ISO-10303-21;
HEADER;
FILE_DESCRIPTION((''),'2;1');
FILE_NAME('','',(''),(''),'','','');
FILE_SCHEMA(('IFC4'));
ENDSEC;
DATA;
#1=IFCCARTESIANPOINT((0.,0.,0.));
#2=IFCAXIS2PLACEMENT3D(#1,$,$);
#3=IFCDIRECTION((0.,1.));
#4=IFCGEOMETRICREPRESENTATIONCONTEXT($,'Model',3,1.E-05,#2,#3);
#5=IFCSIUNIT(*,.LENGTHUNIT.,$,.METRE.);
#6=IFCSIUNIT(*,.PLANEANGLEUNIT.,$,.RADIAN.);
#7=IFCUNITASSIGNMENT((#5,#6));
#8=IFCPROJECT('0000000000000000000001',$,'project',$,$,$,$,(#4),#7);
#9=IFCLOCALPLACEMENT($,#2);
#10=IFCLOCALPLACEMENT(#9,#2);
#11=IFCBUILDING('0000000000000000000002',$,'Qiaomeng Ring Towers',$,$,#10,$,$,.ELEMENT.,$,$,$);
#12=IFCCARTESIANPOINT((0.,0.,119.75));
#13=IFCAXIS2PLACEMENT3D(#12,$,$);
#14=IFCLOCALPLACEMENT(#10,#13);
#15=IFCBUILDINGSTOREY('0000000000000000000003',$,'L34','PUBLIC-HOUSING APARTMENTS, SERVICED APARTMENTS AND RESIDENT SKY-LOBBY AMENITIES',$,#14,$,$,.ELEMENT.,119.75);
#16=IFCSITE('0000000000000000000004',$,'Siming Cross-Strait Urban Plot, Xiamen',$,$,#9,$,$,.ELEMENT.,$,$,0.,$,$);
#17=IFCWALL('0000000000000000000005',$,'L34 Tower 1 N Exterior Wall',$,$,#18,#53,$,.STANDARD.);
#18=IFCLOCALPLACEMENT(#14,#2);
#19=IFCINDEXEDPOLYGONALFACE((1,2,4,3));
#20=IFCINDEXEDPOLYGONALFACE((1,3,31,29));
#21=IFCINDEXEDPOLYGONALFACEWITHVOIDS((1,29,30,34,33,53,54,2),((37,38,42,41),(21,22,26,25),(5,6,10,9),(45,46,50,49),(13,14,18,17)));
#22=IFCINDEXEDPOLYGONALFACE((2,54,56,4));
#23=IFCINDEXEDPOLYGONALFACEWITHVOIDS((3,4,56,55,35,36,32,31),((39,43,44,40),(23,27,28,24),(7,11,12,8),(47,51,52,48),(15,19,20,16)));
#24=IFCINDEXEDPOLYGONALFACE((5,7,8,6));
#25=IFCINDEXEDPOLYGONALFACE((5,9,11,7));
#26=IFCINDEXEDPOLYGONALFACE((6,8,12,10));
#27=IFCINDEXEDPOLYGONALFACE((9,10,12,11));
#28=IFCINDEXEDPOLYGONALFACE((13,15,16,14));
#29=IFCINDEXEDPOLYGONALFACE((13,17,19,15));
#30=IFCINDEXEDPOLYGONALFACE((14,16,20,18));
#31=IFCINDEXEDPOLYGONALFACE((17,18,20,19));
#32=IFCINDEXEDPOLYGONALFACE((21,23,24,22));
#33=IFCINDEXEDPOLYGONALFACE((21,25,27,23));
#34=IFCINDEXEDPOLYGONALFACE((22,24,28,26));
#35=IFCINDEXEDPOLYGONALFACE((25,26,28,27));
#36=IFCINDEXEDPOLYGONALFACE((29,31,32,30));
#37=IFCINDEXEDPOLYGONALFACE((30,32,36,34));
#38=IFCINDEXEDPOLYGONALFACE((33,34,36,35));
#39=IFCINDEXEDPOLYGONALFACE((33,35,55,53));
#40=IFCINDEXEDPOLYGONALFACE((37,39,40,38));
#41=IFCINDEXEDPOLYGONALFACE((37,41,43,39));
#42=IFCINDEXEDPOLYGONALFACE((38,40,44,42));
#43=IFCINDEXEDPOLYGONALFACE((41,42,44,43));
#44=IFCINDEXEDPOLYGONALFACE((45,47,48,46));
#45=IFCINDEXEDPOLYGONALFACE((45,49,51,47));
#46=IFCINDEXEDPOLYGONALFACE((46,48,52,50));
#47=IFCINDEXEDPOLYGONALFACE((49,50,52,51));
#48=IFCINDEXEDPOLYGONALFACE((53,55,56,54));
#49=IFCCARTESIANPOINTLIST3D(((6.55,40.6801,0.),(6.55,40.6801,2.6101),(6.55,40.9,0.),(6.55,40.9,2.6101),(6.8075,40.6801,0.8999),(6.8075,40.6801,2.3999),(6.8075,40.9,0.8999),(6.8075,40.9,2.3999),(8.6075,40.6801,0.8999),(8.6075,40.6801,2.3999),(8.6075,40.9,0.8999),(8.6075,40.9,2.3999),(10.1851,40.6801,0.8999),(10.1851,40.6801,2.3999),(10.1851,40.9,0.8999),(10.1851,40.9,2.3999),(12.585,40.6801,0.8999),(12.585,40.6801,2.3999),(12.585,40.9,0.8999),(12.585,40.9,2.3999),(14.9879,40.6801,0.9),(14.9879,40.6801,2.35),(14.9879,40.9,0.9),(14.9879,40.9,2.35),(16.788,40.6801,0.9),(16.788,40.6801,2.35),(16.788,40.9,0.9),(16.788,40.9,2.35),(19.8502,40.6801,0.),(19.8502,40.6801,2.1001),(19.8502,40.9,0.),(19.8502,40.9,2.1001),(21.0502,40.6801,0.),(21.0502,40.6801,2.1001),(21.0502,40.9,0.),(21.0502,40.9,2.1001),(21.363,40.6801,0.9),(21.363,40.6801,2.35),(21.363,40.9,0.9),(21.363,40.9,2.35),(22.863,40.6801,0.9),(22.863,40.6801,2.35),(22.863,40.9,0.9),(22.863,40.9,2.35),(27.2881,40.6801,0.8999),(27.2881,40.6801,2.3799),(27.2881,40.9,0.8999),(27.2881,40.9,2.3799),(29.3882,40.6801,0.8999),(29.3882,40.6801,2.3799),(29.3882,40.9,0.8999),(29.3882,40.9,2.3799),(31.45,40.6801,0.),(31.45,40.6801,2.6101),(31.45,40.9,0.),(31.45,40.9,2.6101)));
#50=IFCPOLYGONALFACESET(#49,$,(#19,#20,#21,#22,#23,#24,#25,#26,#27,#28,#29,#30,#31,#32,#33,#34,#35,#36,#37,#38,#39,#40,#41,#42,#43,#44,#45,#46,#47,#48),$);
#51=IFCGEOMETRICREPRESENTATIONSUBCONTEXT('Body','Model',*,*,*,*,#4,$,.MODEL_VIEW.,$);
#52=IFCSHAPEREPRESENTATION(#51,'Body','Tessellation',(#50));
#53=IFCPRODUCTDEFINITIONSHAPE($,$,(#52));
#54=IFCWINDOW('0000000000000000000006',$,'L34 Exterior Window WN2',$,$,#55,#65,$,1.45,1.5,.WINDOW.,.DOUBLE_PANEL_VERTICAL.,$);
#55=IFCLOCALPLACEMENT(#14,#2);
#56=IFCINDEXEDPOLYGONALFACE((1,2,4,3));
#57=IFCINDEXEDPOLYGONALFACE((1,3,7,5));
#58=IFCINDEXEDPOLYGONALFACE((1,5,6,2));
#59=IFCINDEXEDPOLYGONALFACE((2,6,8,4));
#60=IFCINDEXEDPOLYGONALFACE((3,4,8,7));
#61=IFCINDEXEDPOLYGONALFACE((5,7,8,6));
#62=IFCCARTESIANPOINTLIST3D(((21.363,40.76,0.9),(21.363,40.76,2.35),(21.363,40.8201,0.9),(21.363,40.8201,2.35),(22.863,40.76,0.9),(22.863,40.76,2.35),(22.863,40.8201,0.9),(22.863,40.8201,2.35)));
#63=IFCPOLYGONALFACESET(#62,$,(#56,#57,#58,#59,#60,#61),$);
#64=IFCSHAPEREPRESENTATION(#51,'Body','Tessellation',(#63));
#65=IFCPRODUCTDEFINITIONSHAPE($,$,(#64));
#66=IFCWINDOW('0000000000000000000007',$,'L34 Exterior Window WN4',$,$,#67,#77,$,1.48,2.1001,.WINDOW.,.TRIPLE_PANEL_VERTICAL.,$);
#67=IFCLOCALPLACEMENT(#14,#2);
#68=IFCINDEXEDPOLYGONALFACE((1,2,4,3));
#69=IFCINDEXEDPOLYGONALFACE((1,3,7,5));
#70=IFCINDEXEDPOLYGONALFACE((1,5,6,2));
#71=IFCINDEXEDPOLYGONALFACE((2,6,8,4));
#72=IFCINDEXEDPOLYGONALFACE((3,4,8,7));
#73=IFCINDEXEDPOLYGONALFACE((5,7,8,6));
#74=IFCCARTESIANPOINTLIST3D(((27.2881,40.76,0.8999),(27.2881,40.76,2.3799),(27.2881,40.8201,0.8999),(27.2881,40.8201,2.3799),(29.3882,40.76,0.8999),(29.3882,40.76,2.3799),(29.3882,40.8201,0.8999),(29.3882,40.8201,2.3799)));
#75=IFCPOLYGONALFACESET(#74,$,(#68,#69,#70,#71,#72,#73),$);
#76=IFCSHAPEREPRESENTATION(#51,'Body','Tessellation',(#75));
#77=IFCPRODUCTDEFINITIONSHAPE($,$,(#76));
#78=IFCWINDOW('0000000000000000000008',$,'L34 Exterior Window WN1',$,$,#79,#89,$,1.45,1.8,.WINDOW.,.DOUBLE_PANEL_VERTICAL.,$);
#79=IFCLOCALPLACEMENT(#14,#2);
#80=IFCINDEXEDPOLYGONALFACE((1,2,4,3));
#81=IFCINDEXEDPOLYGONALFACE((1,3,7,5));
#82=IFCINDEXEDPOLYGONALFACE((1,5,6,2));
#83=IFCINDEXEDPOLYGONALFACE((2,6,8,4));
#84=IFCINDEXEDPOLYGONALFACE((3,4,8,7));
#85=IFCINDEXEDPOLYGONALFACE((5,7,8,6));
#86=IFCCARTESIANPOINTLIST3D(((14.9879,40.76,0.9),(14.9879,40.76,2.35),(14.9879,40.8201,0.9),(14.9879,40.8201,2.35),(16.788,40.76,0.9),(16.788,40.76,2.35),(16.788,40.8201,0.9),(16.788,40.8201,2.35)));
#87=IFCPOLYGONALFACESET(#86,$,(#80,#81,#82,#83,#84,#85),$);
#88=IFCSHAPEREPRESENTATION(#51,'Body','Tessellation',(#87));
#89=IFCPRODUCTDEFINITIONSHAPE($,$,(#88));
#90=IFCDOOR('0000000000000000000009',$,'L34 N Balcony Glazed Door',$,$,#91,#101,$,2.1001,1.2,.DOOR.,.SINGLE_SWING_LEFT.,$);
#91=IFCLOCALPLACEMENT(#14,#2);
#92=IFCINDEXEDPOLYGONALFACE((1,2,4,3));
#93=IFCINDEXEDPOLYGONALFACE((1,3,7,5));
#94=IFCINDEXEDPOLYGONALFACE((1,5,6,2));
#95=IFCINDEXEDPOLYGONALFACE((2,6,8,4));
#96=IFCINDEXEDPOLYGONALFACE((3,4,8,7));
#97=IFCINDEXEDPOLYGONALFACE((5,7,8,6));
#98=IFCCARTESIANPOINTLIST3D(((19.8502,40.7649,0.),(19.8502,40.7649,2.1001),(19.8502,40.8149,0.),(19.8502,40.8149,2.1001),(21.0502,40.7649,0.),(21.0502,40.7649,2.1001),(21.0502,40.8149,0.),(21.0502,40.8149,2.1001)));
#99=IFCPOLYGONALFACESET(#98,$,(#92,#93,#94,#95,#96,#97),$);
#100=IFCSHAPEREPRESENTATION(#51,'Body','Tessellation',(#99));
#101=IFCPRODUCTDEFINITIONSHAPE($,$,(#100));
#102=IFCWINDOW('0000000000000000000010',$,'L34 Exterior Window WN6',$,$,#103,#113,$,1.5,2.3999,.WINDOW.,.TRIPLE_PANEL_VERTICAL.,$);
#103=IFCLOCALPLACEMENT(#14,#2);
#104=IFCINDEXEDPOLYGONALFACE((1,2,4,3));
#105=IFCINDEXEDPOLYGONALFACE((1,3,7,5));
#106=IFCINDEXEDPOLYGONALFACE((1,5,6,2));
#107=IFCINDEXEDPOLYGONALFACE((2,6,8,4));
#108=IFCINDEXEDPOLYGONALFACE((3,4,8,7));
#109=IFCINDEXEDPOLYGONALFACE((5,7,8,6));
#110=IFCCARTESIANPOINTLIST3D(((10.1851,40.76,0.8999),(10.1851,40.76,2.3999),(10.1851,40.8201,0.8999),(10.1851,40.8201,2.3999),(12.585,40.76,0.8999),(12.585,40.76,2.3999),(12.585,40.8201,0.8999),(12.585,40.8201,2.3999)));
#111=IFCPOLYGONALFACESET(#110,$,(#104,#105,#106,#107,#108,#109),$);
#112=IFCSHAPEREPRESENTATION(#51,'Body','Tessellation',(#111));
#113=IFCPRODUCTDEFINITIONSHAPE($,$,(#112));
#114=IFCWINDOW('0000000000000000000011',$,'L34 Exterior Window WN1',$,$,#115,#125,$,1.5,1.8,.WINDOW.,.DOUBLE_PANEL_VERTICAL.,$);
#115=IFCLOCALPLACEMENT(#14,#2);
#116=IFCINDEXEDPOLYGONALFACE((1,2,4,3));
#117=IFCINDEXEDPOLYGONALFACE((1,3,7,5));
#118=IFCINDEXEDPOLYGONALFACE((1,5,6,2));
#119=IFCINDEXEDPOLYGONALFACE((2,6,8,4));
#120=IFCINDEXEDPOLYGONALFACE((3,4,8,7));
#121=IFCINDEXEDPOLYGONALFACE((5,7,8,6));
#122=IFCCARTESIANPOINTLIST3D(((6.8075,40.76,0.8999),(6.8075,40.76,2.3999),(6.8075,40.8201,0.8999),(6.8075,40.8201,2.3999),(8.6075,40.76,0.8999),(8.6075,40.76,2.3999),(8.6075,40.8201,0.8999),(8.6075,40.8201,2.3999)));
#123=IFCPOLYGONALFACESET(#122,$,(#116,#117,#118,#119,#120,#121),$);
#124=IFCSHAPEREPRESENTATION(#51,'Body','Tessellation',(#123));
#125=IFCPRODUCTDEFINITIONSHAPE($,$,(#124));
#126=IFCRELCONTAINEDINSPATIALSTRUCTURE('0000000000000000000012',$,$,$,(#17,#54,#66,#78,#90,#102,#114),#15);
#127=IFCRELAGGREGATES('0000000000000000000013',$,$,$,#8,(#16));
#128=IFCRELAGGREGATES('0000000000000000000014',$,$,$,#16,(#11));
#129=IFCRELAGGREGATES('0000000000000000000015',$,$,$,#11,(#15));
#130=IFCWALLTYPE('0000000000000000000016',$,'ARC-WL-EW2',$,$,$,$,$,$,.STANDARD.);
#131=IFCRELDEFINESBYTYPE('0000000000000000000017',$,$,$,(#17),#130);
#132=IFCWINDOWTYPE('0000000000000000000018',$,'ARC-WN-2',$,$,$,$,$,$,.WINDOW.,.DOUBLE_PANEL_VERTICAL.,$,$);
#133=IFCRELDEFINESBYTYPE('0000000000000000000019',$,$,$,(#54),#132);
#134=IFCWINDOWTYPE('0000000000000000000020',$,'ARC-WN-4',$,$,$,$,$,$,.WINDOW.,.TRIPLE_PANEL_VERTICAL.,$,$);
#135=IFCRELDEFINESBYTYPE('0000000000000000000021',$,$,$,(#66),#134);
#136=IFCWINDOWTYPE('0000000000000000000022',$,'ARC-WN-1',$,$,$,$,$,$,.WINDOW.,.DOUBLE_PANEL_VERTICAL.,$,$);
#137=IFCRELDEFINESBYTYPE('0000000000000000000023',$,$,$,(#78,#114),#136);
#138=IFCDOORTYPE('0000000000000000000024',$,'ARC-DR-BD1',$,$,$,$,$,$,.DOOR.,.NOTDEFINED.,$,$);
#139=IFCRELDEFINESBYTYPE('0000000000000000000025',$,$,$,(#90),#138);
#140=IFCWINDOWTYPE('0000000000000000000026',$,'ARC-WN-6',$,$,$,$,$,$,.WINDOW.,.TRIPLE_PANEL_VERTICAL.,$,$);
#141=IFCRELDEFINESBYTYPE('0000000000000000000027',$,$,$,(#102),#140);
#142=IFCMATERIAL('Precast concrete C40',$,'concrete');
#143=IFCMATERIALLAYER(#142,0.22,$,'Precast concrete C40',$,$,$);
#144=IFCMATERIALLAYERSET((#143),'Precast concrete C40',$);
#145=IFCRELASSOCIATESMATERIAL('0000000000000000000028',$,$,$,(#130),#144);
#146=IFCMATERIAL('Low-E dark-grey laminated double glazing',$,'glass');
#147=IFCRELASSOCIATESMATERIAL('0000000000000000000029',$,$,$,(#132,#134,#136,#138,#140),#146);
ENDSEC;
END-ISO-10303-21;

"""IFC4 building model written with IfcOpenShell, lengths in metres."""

from ifc_helpers import new_model, si_unit, direction, frame, frame_2d, origin, place, context, subcontext, project, spatial, rectangle, extrude, source, transform, mapped, material, layer, layer_set, type_object, element, fill, save


model = new_model("IFC4")

# Units and contexts
model_context = context("Model", 3, precision=1e-05, world=origin(), true_north=direction((0.0, 1.0)))
body_context = subcontext(model_context, "Body", "Model", "MODEL_VIEW")
ifc_project = project(units=[si_unit("LENGTHUNIT", "METRE"), si_unit("PLANEANGLEUNIT", "RADIAN")], contexts=[model_context])

# Site, building, storey
site_placement = place(None, origin())
site = spatial("IfcSite", under=ifc_project, at=site_placement, Name="Siming Cross-Strait Urban Plot, Xiamen", CompositionType="ELEMENT", RefElevation=0.0)
building_placement = place(site_placement, origin())
building = spatial("IfcBuilding", under=site, at=building_placement, Name="Qiaomeng Ring Towers", CompositionType="ELEMENT")
storey_placement = place(building_placement, frame((0.0, 0.0, 119.75)))
storey = spatial("IfcBuildingStorey", under=building, at=storey_placement, Name="L34", Description="PUBLIC-HOUSING APARTMENTS, SERVICED APARTMENTS AND RESIDENT SKY-LOBBY AMENITIES", CompositionType="ELEMENT", Elevation=119.75)

# Shared definitions
ifc_material_1 = material(Name="Low-E dark-grey laminated double glazing", Category="glass")

# Wall, openings, windows, door
ifc_material_2 = material(Name="Precast concrete C40", Category="concrete")
ifc_layer_1 = layer(ifc_material_2, 0.22, Name="Precast concrete C40")
ifc_layer_set_1 = layer_set([ifc_layer_1], Name="Precast concrete C40")
wall_type_1 = type_object("IfcWallType", Name="ARC-WL-EW2", PredefinedType="STANDARD", material=ifc_layer_set_1)
wall_1_placement = place(storey_placement, frame((6.55, 40.79, 0.0), z_axis=(0.0, 0.0, 1.0), x_axis=(1.0, 0.0, 0.0)))
wall_1 = element("IfcWall", 1, at=wall_1_placement, inside=storey, type_object=wall_type_1, Name="L34 Tower 1 N Exterior Wall", PredefinedType="STANDARD", context=body_context, shape_type="SweptSolid", body=[
    extrude(rectangle(XDim=24.8999, YDim=0.22, at=frame_2d((12.45, 0.0))), origin(), (0.0, 0.0, 1.0), 2.6101),
])
opening_1_placement = place(wall_1_placement, frame((13.3, 0.0, 0.0)))
opening_1 = element("IfcOpeningElement", 2, at=opening_1_placement, cuts=wall_1, PredefinedType="OPENING", context=body_context, shape_type="SweptSolid", body=[
    extrude(rectangle(XDim=1.2, YDim=2.1001, at=frame_2d((0.6001, 1.05))), frame((0.0, 0.1199, 0.0), z_axis=(0.0, -1.0, 0.0), x_axis=(1.0, 0.0, 0.0)), (0.0, 0.0, 1.0), 0.24),
])
opening_2_placement = place(wall_1_placement, frame((3.635, 0.0, 0.8999)))
opening_2 = element("IfcOpeningElement", 3, at=opening_2_placement, cuts=wall_1, PredefinedType="OPENING", context=body_context, shape_type="SweptSolid", body=[
    extrude(rectangle(XDim=2.3999, YDim=1.5, at=frame_2d((1.2, 0.75))), frame((0.0, 0.1199, 0.0), z_axis=(0.0, -1.0, 0.0), x_axis=(1.0, 0.0, 0.0)), (0.0, 0.0, 1.0), 0.24),
])
opening_3_placement = place(wall_1_placement, frame((8.438, 0.0, 0.8999)))
opening_3 = element("IfcOpeningElement", 4, at=opening_3_placement, cuts=wall_1, PredefinedType="OPENING", context=body_context, shape_type="SweptSolid", body=[
    extrude(rectangle(XDim=1.8, YDim=1.45, at=frame_2d((0.8999, 0.7251))), frame((0.0, 0.1199, 0.0), z_axis=(0.0, -1.0, 0.0), x_axis=(1.0, 0.0, 0.0)), (0.0, 0.0, 1.0), 0.24),
])
opening_4_placement = place(wall_1_placement, frame((14.813, 0.0, 0.8999)))
opening_4 = element("IfcOpeningElement", 5, at=opening_4_placement, cuts=wall_1, PredefinedType="OPENING", context=body_context, shape_type="SweptSolid", body=[
    extrude(rectangle(XDim=1.5, YDim=1.45, at=frame_2d((0.75, 0.7251))), frame((0.0, 0.1199, 0.0), z_axis=(0.0, -1.0, 0.0), x_axis=(1.0, 0.0, 0.0)), (0.0, 0.0, 1.0), 0.24),
])
opening_5_placement = place(wall_1_placement, frame((20.738, 0.0, 0.8999)))
opening_5 = element("IfcOpeningElement", 6, at=opening_5_placement, cuts=wall_1, PredefinedType="OPENING", context=body_context, shape_type="SweptSolid", body=[
    extrude(rectangle(XDim=2.1001, YDim=1.48, at=frame_2d((1.05, 0.74))), frame((0.0, 0.1199, 0.0), z_axis=(0.0, -1.0, 0.0), x_axis=(1.0, 0.0, 0.0)), (0.0, 0.0, 1.0), 0.24),
])
opening_6_placement = place(wall_1_placement, frame((0.2576, 0.0, 0.8999)))
opening_6 = element("IfcOpeningElement", 7, at=opening_6_placement, cuts=wall_1, PredefinedType="OPENING", context=body_context, shape_type="SweptSolid", body=[
    extrude(rectangle(XDim=1.8, YDim=1.5, at=frame_2d((0.8999, 0.75))), frame((0.0, 0.1199, 0.0), z_axis=(0.0, -1.0, 0.0), x_axis=(1.0, 0.0, 0.0)), (0.0, 0.0, 1.0), 0.24),
])
window_type_1 = type_object("IfcWindowType", Name="ARC-WN-2", PartitioningType="DOUBLE_PANEL_VERTICAL", PredefinedType="WINDOW", material=ifc_material_1)
shared_shape_1 = source(origin(), body_context, "Body", "SweptSolid", [
    extrude(rectangle(XDim=1.5, YDim=1.45, at=frame_2d((0.75, 0.7251))), frame((0.0, 0.03, 0.0), z_axis=(0.0, -1.0, 0.0), x_axis=(1.0, 0.0, 0.0)), (0.0, 0.0, 1.0), 0.0601),
])
window_1_placement = place(opening_4_placement, origin())
window_1 = element("IfcWindow", 8, at=window_1_placement, inside=storey, type_object=window_type_1, Name="L34 Exterior Window WN2", OverallHeight=1.45, OverallWidth=1.5, PartitioningType="DOUBLE_PANEL_VERTICAL", PredefinedType="WINDOW", context=body_context, shape_type="MappedRepresentation", body=[
    mapped(shared_shape_1, transform((0.0, 0.0, 0.0), x_axis=(1.0, 0.0, 0.0), y_axis=(0.0, 1.0, 0.0), z_axis=(0.0, 0.0, 1.0), scale=1.0)),
])
fill(opening_4, window_1)
window_type_2 = type_object("IfcWindowType", Name="ARC-WN-4", PartitioningType="TRIPLE_PANEL_VERTICAL", PredefinedType="WINDOW", material=ifc_material_1)
shared_shape_2 = source(origin(), body_context, "Body", "SweptSolid", [
    extrude(rectangle(XDim=2.1001, YDim=1.48, at=frame_2d((1.05, 0.74))), frame((0.0, 0.03, 0.0), z_axis=(0.0, -1.0, 0.0), x_axis=(1.0, 0.0, 0.0)), (0.0, 0.0, 1.0), 0.0601),
])
window_2_placement = place(opening_5_placement, origin())
window_2 = element("IfcWindow", 9, at=window_2_placement, inside=storey, type_object=window_type_2, Name="L34 Exterior Window WN4", OverallHeight=1.48, OverallWidth=2.1001, PartitioningType="TRIPLE_PANEL_VERTICAL", PredefinedType="WINDOW", context=body_context, shape_type="MappedRepresentation", body=[
    mapped(shared_shape_2, transform((0.0, 0.0, 0.0), x_axis=(1.0, 0.0, 0.0), y_axis=(0.0, 1.0, 0.0), z_axis=(0.0, 0.0, 1.0), scale=1.0)),
])
fill(opening_5, window_2)
window_type_3 = type_object("IfcWindowType", Name="ARC-WN-1", PartitioningType="DOUBLE_PANEL_VERTICAL", PredefinedType="WINDOW", material=ifc_material_1)
shared_shape_3 = source(origin(), body_context, "Body", "SweptSolid", [
    extrude(rectangle(XDim=1.8, YDim=1.45, at=frame_2d((0.8999, 0.7251))), frame((0.0, 0.03, 0.0), z_axis=(0.0, -1.0, 0.0), x_axis=(1.0, 0.0, 0.0)), (0.0, 0.0, 1.0), 0.0601),
])
window_3_placement = place(opening_3_placement, origin())
window_3 = element("IfcWindow", 10, at=window_3_placement, inside=storey, type_object=window_type_3, Name="L34 Exterior Window WN1", OverallHeight=1.45, OverallWidth=1.8, PartitioningType="DOUBLE_PANEL_VERTICAL", PredefinedType="WINDOW", context=body_context, shape_type="MappedRepresentation", body=[
    mapped(shared_shape_3, transform((0.0, 0.0, 0.0), x_axis=(1.0, 0.0, 0.0), y_axis=(0.0, 1.0, 0.0), z_axis=(0.0, 0.0, 1.0), scale=1.0)),
])
fill(opening_3, window_3)
door_type_1 = type_object("IfcDoorType", Name="ARC-DR-BD1", OperationType="NOTDEFINED", PredefinedType="DOOR", material=ifc_material_1)
shared_shape_4 = source(origin(), body_context, "Body", "SweptSolid", [
    extrude(rectangle(XDim=1.2, YDim=2.1001, at=frame_2d((0.6001, 1.05))), frame((0.0, 0.0249, 0.0), z_axis=(0.0, -1.0, 0.0), x_axis=(1.0, 0.0, 0.0)), (0.0, 0.0, 1.0), 0.05),
])
door_1_placement = place(opening_1_placement, origin())
door_1 = element("IfcDoor", 11, at=door_1_placement, inside=storey, type_object=door_type_1, Name="L34 N Balcony Glazed Door", OperationType="SINGLE_SWING_LEFT", OverallHeight=2.1001, OverallWidth=1.2, PredefinedType="DOOR", context=body_context, shape_type="MappedRepresentation", body=[
    mapped(shared_shape_4, transform((0.0, 0.0, 0.0), x_axis=(1.0, 0.0, 0.0), y_axis=(0.0, 1.0, 0.0), z_axis=(0.0, 0.0, 1.0), scale=1.0)),
])
fill(opening_1, door_1)
window_type_4 = type_object("IfcWindowType", Name="ARC-WN-6", PartitioningType="TRIPLE_PANEL_VERTICAL", PredefinedType="WINDOW", material=ifc_material_1)
shared_shape_5 = source(origin(), body_context, "Body", "SweptSolid", [
    extrude(rectangle(XDim=2.3999, YDim=1.5, at=frame_2d((1.2, 0.75))), frame((0.0, 0.03, 0.0), z_axis=(0.0, -1.0, 0.0), x_axis=(1.0, 0.0, 0.0)), (0.0, 0.0, 1.0), 0.0601),
])
window_4_placement = place(opening_2_placement, origin())
window_4 = element("IfcWindow", 12, at=window_4_placement, inside=storey, type_object=window_type_4, Name="L34 Exterior Window WN6", OverallHeight=1.5, OverallWidth=2.3999, PartitioningType="TRIPLE_PANEL_VERTICAL", PredefinedType="WINDOW", context=body_context, shape_type="MappedRepresentation", body=[
    mapped(shared_shape_5, transform((0.0, 0.0, 0.0), x_axis=(1.0, 0.0, 0.0), y_axis=(0.0, 1.0, 0.0), z_axis=(0.0, 0.0, 1.0), scale=1.0)),
])
fill(opening_2, window_4)
shared_shape_6 = source(origin(), body_context, "Body", "SweptSolid", [
    extrude(rectangle(XDim=1.8, YDim=1.5, at=frame_2d((0.8999, 0.75))), frame((0.0, 0.03, 0.0), z_axis=(0.0, -1.0, 0.0), x_axis=(1.0, 0.0, 0.0)), (0.0, 0.0, 1.0), 0.0601),
])
window_5_placement = place(opening_6_placement, origin())
window_5 = element("IfcWindow", 13, at=window_5_placement, inside=storey, type_object=window_type_3, Name="L34 Exterior Window WN1", OverallHeight=1.5, OverallWidth=1.8, PartitioningType="DOUBLE_PANEL_VERTICAL", PredefinedType="WINDOW", context=body_context, shape_type="MappedRepresentation", body=[
    mapped(shared_shape_6, transform((0.0, 0.0, 0.0), x_axis=(1.0, 0.0, 0.0), y_axis=(0.0, 1.0, 0.0), z_axis=(0.0, 0.0, 1.0), scale=1.0)),
])
fill(opening_6, window_5)

save(model, "model.ifc")
